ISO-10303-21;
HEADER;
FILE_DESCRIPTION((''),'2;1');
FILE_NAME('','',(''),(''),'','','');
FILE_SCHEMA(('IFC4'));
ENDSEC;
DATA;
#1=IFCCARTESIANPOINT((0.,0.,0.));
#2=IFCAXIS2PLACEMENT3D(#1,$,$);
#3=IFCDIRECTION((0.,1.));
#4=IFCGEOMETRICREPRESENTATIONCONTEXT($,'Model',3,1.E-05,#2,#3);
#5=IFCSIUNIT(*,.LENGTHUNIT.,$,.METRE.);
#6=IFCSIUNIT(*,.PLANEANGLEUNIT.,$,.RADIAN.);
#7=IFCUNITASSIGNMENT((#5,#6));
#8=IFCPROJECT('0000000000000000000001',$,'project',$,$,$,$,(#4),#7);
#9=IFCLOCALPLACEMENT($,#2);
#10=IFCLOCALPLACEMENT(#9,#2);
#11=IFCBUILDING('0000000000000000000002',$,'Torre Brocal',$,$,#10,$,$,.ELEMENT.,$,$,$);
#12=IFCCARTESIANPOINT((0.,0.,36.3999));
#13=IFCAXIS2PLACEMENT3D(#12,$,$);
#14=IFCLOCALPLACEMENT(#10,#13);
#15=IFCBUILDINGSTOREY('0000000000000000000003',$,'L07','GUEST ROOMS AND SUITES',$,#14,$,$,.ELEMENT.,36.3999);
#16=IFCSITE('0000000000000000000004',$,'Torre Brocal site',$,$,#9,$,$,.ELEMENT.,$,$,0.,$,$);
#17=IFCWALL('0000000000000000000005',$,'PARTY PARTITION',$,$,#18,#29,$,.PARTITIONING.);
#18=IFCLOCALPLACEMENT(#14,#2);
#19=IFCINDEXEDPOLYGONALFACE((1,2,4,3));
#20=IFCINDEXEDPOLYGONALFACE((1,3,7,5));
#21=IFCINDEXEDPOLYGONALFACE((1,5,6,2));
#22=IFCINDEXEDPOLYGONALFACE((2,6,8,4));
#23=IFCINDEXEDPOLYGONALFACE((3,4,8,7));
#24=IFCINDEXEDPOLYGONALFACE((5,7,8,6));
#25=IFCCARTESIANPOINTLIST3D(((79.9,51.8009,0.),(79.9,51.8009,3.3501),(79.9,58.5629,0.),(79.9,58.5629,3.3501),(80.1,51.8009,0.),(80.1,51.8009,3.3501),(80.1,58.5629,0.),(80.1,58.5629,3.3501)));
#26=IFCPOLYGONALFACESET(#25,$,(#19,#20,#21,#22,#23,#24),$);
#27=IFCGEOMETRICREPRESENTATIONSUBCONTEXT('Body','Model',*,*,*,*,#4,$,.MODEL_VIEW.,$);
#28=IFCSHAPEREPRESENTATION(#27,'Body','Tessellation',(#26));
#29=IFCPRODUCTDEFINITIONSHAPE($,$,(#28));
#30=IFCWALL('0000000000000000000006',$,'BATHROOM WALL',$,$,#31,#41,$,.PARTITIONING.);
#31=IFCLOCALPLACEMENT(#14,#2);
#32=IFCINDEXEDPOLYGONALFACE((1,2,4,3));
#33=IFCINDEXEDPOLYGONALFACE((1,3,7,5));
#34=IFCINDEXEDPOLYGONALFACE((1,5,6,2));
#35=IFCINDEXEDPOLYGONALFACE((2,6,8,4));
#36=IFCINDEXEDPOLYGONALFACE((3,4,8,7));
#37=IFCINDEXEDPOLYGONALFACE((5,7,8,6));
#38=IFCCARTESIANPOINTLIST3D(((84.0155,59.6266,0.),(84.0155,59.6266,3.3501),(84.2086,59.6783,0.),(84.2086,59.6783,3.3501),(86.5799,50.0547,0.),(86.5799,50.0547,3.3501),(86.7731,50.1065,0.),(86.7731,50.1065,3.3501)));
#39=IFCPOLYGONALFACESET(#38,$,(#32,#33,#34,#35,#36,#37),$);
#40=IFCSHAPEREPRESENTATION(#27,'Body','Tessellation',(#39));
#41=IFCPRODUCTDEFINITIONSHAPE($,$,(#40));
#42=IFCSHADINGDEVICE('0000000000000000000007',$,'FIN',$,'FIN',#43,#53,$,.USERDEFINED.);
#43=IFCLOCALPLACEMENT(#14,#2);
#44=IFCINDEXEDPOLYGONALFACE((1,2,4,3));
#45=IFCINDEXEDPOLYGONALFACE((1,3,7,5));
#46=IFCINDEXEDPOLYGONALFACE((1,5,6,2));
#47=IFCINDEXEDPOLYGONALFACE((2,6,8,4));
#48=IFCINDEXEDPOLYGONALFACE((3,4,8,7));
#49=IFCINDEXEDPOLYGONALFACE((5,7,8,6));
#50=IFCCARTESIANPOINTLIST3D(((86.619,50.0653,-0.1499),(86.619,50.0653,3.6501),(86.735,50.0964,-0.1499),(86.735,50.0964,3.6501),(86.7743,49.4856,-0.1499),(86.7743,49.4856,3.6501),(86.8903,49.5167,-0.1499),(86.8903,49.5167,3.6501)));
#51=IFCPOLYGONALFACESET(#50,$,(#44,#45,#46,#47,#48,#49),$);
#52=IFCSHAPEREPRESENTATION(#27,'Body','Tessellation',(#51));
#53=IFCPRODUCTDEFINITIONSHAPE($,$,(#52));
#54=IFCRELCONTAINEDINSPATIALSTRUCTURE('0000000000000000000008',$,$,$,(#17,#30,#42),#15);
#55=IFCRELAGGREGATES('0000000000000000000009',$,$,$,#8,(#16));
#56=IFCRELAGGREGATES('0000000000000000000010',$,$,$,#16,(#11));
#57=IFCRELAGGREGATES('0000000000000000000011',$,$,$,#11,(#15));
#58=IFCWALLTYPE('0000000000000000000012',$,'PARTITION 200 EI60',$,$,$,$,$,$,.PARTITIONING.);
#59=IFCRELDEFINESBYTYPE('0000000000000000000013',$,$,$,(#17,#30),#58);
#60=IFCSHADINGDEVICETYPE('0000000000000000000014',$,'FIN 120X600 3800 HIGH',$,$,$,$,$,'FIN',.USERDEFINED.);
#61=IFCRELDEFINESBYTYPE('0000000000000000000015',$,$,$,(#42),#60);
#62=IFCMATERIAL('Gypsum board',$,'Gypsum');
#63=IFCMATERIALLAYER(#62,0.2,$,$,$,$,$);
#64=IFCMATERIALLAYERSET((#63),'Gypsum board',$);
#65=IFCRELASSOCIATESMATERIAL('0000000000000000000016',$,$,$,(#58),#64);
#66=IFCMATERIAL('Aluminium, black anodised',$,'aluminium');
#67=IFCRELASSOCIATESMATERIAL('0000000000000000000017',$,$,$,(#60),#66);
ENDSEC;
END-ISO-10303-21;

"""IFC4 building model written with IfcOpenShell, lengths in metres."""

from ifc_helpers import new_model, si_unit, direction, frame, frame_2d, origin, origin_2d, place, context, subcontext, project, spatial, rectangle, extrude, material, layer, layer_set, material_profile, profile_set, type_object, element, save


model = new_model("IFC4")

# Units and contexts
model_context = context("Model", 3, precision=1e-05, world=origin(), true_north=direction((0.0, 1.0)))
body_context = subcontext(model_context, "Body", "Model", "MODEL_VIEW")
ifc_project = project(units=[si_unit("LENGTHUNIT", "METRE"), si_unit("PLANEANGLEUNIT", "RADIAN")], contexts=[model_context])

# Site, building, storey
site_placement = place(None, origin())
site = spatial("IfcSite", under=ifc_project, at=site_placement, Name="Torre Brocal site", CompositionType="ELEMENT", RefElevation=0.0)
building_placement = place(site_placement, origin())
building = spatial("IfcBuilding", under=site, at=building_placement, Name="Torre Brocal", CompositionType="ELEMENT")
storey_placement = place(building_placement, frame((0.0, 0.0, 36.3999)))
storey = spatial("IfcBuildingStorey", under=building, at=storey_placement, Name="L07", Description="GUEST ROOMS AND SUITES", CompositionType="ELEMENT", Elevation=36.3999)

# Walls
ifc_material_1 = material(Name="Gypsum board", Category="Gypsum")
ifc_layer_1 = layer(ifc_material_1, 0.2)
ifc_layer_set_1 = layer_set([ifc_layer_1], Name="Gypsum board")
wall_type_1 = type_object("IfcWallType", Name="PARTITION 200 EI60", PredefinedType="PARTITIONING", material=ifc_layer_set_1)
wall_1_placement = place(storey_placement, frame((80.0, 51.801, 0.0), z_axis=(0.0, 0.0, 1.0), x_axis=(0.0, 1.0, 0.0)))
element("IfcWall", 1, at=wall_1_placement, inside=storey, type_object=wall_type_1, Name="PARTY PARTITION", PredefinedType="PARTITIONING", context=body_context, shape_type="SweptSolid", body=[
    extrude(rectangle(XDim=6.762, YDim=0.2, at=frame_2d((3.3809, 0.0))), origin(), (0.0, 0.0, 1.0), 3.3501),
])
wall_2_placement = place(storey_placement, frame((84.1121, 59.6523, 0.0), z_axis=(0.0, 0.0, 1.0), x_axis=(0.258791, -0.965933, 0.0)))
element("IfcWall", 2, at=wall_2_placement, inside=storey, type_object=wall_type_1, Name="BATHROOM WALL", PredefinedType="PARTITIONING", context=body_context, shape_type="SweptSolid", body=[
    extrude(rectangle(XDim=9.9094, YDim=0.2, at=frame_2d((4.9546, 0.0))), origin(), (0.0, 0.0, 1.0), 3.3501),
])

# Shading device
ifc_material_2 = material(Name="Aluminium, black anodised", Category="aluminium")
ifc_material_profile_1 = material_profile(ifc_material_2, rectangle(XDim=0.1201, YDim=0.6001, at=origin_2d()), Name="FIN 120X600 3800 HIGH")
ifc_profile_set_1 = profile_set([ifc_material_profile_1], Name="Aluminium, black anodised")
shading_device_type = type_object("IfcShadingDeviceType", Name="FIN 120X600 3800 HIGH", ElementType="FIN", PredefinedType="USERDEFINED", material=ifc_profile_set_1)
shading_device_placement = place(storey_placement, frame((86.7546, 49.791, -0.1499), z_axis=(0.0, 0.0, 1.0), x_axis=(0.965926, 0.258819, 0.0)))
element("IfcShadingDevice", 3, at=shading_device_placement, inside=storey, type_object=shading_device_type, Name="FIN", ObjectType="FIN", PredefinedType="USERDEFINED", context=body_context, shape_type="SweptSolid", body=[
    extrude(rectangle(XDim=0.1201, YDim=0.6001, at=origin_2d()), origin(), (0.0, 0.0, 1.0), 3.8),
])

save(model, "model.ifc")
